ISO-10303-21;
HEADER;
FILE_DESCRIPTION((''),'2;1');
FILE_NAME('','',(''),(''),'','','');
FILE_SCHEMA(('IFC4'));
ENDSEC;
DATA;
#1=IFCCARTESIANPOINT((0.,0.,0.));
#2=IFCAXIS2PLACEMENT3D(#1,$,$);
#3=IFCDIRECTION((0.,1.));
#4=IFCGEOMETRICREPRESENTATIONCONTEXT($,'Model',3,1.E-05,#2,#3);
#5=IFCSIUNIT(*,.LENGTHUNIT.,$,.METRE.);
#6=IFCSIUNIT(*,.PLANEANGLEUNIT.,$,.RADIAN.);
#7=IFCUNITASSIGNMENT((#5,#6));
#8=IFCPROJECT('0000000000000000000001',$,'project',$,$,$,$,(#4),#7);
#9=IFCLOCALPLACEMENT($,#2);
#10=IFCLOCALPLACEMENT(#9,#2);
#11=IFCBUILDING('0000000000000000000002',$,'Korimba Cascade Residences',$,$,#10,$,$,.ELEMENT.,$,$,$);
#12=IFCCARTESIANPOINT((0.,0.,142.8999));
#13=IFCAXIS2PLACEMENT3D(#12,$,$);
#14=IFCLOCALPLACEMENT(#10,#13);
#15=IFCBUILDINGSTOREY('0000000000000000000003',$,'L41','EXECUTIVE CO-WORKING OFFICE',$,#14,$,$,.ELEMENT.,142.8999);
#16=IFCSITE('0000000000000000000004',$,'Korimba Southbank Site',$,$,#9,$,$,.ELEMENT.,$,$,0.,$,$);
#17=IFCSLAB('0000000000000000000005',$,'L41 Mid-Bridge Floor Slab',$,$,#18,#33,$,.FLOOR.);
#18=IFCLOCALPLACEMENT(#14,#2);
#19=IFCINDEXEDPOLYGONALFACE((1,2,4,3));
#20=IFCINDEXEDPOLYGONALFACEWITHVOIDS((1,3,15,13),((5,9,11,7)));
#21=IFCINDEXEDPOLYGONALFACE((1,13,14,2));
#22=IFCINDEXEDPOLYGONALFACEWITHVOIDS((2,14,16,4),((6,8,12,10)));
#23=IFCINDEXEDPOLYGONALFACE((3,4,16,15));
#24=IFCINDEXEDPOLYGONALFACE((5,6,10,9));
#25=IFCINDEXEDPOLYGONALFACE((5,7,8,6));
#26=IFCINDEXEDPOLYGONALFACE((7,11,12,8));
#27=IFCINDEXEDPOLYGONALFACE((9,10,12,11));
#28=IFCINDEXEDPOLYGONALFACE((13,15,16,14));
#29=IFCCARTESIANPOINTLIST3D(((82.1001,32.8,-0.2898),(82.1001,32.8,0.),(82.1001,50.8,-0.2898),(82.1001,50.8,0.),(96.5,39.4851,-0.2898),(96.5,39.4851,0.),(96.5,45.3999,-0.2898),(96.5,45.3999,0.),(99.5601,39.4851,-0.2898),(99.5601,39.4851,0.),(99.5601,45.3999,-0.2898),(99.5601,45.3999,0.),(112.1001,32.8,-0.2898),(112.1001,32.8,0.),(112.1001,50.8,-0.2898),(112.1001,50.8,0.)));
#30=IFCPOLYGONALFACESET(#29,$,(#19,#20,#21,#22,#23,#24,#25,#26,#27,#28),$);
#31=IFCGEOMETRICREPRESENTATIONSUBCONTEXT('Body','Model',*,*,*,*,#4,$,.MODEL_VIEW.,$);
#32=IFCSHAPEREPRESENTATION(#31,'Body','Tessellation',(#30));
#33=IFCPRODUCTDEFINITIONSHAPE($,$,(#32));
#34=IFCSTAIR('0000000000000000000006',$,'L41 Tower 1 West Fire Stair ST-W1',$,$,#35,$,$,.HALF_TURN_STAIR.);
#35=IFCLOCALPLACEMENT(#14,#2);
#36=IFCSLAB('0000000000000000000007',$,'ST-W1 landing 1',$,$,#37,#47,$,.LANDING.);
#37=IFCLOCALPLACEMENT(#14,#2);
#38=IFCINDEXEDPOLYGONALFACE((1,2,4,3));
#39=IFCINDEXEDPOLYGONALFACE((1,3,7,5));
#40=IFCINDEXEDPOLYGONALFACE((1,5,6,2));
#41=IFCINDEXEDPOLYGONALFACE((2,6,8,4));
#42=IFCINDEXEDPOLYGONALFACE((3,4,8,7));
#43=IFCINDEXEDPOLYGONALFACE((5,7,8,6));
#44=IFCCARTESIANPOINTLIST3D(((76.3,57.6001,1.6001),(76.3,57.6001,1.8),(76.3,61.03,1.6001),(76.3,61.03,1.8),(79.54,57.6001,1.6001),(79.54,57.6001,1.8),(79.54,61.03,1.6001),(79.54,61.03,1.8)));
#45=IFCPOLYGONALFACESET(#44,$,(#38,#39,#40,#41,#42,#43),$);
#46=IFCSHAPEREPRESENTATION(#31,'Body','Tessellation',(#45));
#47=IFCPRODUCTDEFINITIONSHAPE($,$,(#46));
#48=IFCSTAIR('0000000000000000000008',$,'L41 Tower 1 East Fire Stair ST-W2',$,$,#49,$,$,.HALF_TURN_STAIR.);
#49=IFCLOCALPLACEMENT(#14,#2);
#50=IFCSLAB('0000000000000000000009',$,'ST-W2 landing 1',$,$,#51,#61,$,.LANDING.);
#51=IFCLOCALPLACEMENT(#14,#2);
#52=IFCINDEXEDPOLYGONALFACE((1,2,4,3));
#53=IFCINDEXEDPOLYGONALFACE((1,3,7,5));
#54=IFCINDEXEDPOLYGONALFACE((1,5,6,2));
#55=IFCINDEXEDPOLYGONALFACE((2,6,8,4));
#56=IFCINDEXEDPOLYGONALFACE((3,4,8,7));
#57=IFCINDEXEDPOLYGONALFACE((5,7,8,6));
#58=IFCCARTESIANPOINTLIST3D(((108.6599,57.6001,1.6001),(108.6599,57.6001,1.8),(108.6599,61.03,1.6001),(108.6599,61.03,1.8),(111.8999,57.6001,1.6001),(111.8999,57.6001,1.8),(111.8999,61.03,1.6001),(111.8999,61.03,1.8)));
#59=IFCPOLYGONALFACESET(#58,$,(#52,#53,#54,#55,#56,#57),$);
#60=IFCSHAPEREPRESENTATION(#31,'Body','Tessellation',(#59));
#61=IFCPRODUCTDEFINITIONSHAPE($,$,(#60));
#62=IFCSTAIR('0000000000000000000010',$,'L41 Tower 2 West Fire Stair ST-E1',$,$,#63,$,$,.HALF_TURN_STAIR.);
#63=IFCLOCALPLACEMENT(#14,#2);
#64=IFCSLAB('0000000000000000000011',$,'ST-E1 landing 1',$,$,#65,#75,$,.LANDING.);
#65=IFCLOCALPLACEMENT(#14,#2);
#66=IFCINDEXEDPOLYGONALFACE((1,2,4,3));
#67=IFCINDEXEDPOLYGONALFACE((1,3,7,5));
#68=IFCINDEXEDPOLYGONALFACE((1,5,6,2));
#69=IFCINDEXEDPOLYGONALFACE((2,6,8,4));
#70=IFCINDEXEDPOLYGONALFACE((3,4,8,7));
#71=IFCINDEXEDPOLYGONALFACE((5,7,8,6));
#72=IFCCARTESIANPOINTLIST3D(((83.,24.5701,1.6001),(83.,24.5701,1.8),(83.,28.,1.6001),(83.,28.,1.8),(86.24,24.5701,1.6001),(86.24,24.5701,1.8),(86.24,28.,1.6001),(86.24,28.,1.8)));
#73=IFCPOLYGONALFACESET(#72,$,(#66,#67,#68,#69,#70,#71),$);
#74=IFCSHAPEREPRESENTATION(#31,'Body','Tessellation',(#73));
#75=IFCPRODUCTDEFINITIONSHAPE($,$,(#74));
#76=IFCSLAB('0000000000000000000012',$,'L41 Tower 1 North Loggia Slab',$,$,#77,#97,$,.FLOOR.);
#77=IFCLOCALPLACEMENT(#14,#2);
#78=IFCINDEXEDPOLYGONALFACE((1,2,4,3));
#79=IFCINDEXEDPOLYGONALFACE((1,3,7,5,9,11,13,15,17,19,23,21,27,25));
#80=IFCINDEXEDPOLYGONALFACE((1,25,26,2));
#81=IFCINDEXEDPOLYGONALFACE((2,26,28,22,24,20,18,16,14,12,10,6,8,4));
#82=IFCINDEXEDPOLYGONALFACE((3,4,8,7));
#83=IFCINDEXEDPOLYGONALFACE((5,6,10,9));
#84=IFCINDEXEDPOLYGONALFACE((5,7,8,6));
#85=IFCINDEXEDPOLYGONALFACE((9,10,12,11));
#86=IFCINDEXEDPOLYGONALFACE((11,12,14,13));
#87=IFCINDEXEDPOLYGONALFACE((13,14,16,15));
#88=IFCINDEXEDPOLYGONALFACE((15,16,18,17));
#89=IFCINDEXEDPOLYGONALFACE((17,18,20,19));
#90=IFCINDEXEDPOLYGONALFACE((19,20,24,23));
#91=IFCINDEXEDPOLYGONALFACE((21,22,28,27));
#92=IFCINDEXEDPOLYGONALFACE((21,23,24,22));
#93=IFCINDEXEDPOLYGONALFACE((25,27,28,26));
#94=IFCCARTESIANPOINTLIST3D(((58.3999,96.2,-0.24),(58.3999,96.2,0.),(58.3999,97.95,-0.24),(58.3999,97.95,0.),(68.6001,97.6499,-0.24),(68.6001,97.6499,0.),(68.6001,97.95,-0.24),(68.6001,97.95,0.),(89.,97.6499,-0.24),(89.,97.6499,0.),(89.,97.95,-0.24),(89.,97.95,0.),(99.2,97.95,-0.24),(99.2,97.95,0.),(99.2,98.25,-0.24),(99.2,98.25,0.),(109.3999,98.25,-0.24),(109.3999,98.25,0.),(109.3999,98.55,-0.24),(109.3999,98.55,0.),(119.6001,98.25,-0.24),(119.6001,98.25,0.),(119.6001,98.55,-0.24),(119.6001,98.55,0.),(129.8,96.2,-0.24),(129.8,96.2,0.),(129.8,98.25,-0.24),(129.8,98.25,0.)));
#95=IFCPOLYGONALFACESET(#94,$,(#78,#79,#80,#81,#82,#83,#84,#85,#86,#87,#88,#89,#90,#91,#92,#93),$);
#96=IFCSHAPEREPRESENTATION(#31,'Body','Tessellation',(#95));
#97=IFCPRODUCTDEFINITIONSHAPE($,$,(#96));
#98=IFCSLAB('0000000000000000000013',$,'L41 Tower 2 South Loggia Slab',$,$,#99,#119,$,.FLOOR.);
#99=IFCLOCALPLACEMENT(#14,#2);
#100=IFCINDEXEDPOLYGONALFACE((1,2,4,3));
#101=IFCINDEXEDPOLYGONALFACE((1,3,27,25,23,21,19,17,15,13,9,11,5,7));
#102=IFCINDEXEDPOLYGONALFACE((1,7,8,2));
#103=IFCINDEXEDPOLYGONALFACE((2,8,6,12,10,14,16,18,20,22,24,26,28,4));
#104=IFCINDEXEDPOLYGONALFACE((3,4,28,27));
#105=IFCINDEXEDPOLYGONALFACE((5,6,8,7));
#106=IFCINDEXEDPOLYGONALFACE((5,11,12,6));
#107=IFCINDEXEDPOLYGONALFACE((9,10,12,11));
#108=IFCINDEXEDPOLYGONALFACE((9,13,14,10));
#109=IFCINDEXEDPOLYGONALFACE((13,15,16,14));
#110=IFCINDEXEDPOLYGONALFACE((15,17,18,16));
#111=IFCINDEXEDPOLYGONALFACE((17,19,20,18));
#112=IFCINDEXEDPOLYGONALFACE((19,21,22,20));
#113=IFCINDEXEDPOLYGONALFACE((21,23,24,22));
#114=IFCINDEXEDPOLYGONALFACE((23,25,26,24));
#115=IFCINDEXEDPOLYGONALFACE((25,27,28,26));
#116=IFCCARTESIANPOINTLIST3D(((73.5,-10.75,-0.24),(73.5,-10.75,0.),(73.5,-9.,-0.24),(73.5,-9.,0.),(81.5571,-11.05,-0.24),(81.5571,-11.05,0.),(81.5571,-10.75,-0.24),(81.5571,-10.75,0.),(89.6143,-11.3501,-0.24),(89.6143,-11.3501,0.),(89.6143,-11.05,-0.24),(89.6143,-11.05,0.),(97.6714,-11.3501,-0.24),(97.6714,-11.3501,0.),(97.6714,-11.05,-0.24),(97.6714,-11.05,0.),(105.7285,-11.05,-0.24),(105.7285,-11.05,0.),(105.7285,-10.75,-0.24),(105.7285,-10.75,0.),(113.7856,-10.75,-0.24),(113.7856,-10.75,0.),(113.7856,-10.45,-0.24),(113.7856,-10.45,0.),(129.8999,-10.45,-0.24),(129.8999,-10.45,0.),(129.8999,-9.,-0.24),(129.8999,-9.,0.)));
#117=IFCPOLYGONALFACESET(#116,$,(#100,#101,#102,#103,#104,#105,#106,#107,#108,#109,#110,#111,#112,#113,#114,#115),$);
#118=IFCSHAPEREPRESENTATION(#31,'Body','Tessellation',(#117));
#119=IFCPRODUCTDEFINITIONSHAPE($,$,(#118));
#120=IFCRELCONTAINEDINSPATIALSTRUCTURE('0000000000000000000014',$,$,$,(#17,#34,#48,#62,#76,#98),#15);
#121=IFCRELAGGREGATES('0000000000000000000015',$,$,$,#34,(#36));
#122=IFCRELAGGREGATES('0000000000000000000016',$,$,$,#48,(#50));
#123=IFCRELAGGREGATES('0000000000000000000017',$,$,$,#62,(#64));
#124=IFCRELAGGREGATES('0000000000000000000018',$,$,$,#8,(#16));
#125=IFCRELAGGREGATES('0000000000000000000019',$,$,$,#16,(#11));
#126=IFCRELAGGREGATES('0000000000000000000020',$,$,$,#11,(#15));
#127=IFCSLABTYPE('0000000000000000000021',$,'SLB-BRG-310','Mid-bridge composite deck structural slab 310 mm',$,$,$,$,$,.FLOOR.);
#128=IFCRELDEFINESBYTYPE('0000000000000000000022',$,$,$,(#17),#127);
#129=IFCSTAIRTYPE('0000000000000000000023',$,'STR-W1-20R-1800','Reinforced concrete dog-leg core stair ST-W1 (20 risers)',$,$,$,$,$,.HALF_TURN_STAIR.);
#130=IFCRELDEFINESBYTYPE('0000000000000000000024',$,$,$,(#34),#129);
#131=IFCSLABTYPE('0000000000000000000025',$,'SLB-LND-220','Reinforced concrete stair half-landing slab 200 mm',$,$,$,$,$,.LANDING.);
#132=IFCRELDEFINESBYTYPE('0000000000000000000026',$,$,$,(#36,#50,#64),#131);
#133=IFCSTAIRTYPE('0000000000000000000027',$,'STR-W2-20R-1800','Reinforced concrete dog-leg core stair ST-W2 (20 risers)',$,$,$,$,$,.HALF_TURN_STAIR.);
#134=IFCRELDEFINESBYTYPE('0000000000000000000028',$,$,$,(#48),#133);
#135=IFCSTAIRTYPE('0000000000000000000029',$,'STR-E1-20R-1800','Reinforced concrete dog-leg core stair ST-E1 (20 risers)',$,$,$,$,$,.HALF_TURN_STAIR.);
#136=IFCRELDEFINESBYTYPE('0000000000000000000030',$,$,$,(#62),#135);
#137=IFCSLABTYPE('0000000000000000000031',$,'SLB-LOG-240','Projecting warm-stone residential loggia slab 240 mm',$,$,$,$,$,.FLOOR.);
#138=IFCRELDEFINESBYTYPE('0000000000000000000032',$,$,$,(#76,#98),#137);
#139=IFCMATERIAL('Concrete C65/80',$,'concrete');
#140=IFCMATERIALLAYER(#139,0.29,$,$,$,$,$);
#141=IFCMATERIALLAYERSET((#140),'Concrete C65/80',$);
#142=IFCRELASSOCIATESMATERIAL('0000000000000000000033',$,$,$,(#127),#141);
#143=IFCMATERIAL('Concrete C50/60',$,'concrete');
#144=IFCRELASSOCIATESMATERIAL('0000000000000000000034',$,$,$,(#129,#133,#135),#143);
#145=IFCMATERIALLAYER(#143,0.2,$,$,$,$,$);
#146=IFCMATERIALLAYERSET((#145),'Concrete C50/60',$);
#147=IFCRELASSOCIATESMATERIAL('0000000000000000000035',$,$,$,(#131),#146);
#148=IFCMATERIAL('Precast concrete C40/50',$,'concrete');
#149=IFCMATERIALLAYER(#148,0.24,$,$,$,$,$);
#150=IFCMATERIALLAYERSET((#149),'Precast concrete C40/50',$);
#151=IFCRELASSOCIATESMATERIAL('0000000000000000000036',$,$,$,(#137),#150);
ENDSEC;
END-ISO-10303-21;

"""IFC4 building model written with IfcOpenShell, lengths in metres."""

from ifc_helpers import new_model, si_unit, direction, frame, origin, place, context, subcontext, project, spatial, polyline, outline, extrude, material, layer, layer_set, type_object, element, aggregate, save


model = new_model("IFC4")

# Units and contexts
model_context = context("Model", 3, precision=1e-05, world=origin(), true_north=direction((0.0, 1.0)))
body_context = subcontext(model_context, "Body", "Model", "MODEL_VIEW")
ifc_project = project(units=[si_unit("LENGTHUNIT", "METRE"), si_unit("PLANEANGLEUNIT", "RADIAN")], contexts=[model_context])

# Site, building, storey
site_placement = place(None, origin())
site = spatial("IfcSite", under=ifc_project, at=site_placement, Name="Korimba Southbank Site", CompositionType="ELEMENT", RefElevation=0.0)
building_placement = place(site_placement, origin())
building = spatial("IfcBuilding", under=site, at=building_placement, Name="Korimba Cascade Residences", CompositionType="ELEMENT")
storey_placement = place(building_placement, frame((0.0, 0.0, 142.8999)))
storey = spatial("IfcBuildingStorey", under=building, at=storey_placement, Name="L41", Description="EXECUTIVE CO-WORKING OFFICE", CompositionType="ELEMENT", Elevation=142.8999)

# Slab
ifc_material_1 = material(Name="Concrete C65/80", Category="concrete")
ifc_layer_1 = layer(ifc_material_1, 0.29)
ifc_layer_set_1 = layer_set([ifc_layer_1], Name="Concrete C65/80")
slab_type_1 = type_object("IfcSlabType", Name="SLB-BRG-310", Description="Mid-bridge composite deck structural slab 310 mm", PredefinedType="FLOOR", material=ifc_layer_set_1)
slab_1_placement = place(storey_placement, frame((0.0, 0.0, -0.2898)))
element("IfcSlab", 1, at=slab_1_placement, inside=storey, type_object=slab_type_1, Name="L41 Mid-Bridge Floor Slab", PredefinedType="FLOOR", context=body_context, shape_type="SweptSolid", body=[
    extrude(outline(polyline([(82.1001, 32.8), (112.1001, 32.8), (112.1001, 50.8), (82.1001, 50.8), (82.1001, 32.8)]), holes=[polyline([(99.5601, 39.4851), (99.5601, 45.3999), (96.5, 45.3999), (96.5, 39.4851), (99.5601, 39.4851)])]), origin(), (0.0, 0.0, 1.0), 0.2898),
])

# Stairs, slabs
ifc_material_2 = material(Name="Concrete C50/60", Category="concrete")
stair_type_1 = type_object("IfcStairType", Name="STR-W1-20R-1800", Description="Reinforced concrete dog-leg core stair ST-W1 (20 risers)", PredefinedType="HALF_TURN_STAIR", material=ifc_material_2)
stair_1_placement = place(storey_placement, origin())
stair_1 = element("IfcStair", 2, at=stair_1_placement, inside=storey, type_object=stair_type_1, Name="L41 Tower 1 West Fire Stair ST-W1", PredefinedType="HALF_TURN_STAIR")
ifc_layer_2 = layer(ifc_material_2, 0.2)
ifc_layer_set_2 = layer_set([ifc_layer_2], Name="Concrete C50/60")
slab_type_2 = type_object("IfcSlabType", Name="SLB-LND-220", Description="Reinforced concrete stair half-landing slab 200 mm", PredefinedType="LANDING", material=ifc_layer_set_2)
slab_2_placement = place(storey_placement, frame((0.0, 0.0, 1.6001)))
slab_2 = element("IfcSlab", 3, at=slab_2_placement, type_object=slab_type_2, Name="ST-W1 landing 1", PredefinedType="LANDING", context=body_context, shape_type="SweptSolid", body=[
    extrude(outline(polyline([(76.3, 61.03), (76.3, 57.6001), (79.54, 57.6001), (79.54, 61.03), (76.3, 61.03)])), origin(), (0.0, 0.0, 1.0), 0.2),
])
aggregate(stair_1, [slab_2])
stair_type_2 = type_object("IfcStairType", Name="STR-W2-20R-1800", Description="Reinforced concrete dog-leg core stair ST-W2 (20 risers)", PredefinedType="HALF_TURN_STAIR", material=ifc_material_2)
stair_2_placement = place(storey_placement, origin())
stair_2 = element("IfcStair", 4, at=stair_2_placement, inside=storey, type_object=stair_type_2, Name="L41 Tower 1 East Fire Stair ST-W2", PredefinedType="HALF_TURN_STAIR")
slab_3_placement = place(storey_placement, frame((0.0, 0.0, 1.6001)))
slab_3 = element("IfcSlab", 5, at=slab_3_placement, type_object=slab_type_2, Name="ST-W2 landing 1", PredefinedType="LANDING", context=body_context, shape_type="SweptSolid", body=[
    extrude(outline(polyline([(108.6599, 61.03), (108.6599, 57.6001), (111.8999, 57.6001), (111.8999, 61.03), (108.6599, 61.03)])), origin(), (0.0, 0.0, 1.0), 0.2),
])
aggregate(stair_2, [slab_3])
stair_type_3 = type_object("IfcStairType", Name="STR-E1-20R-1800", Description="Reinforced concrete dog-leg core stair ST-E1 (20 risers)", PredefinedType="HALF_TURN_STAIR", material=ifc_material_2)
stair_3_placement = place(storey_placement, origin())
stair_3 = element("IfcStair", 6, at=stair_3_placement, inside=storey, type_object=stair_type_3, Name="L41 Tower 2 West Fire Stair ST-E1", PredefinedType="HALF_TURN_STAIR")
slab_4_placement = place(storey_placement, frame((0.0, 0.0, 1.6001)))
slab_4 = element("IfcSlab", 7, at=slab_4_placement, type_object=slab_type_2, Name="ST-E1 landing 1", PredefinedType="LANDING", context=body_context, shape_type="SweptSolid", body=[
    extrude(outline(polyline([(86.24, 24.5701), (86.24, 28.0), (83.0, 28.0), (83.0, 24.5701), (86.24, 24.5701)])), origin(), (0.0, 0.0, 1.0), 0.2),
])
aggregate(stair_3, [slab_4])

# Slabs
ifc_material_3 = material(Name="Precast concrete C40/50", Category="concrete")
ifc_layer_3 = layer(ifc_material_3, 0.24)
ifc_layer_set_3 = layer_set([ifc_layer_3], Name="Precast concrete C40/50")
slab_type_3 = type_object("IfcSlabType", Name="SLB-LOG-240", Description="Projecting warm-stone residential loggia slab 240 mm", PredefinedType="FLOOR", material=ifc_layer_set_3)
slab_5_placement = place(storey_placement, frame((0.0, 0.0, -0.24)))
element("IfcSlab", 8, at=slab_5_placement, inside=storey, type_object=slab_type_3, Name="L41 Tower 1 North Loggia Slab", PredefinedType="FLOOR", context=body_context, shape_type="SweptSolid", body=[
    extrude(outline(polyline([(58.3999, 96.2), (129.8, 96.2), (129.8, 98.25), (119.6001, 98.25), (119.6001, 98.55), (109.3999, 98.55), (109.3999, 98.25), (99.2, 98.25), (99.2, 97.95), (89.0, 97.95), (89.0, 97.6499), (68.6001, 97.6499), (68.6001, 97.95), (58.3999, 97.95), (58.3999, 96.2)])), origin(), (0.0, 0.0, 1.0), 0.24),
])
slab_6_placement = place(storey_placement, frame((0.0, 0.0, -0.24)))
element("IfcSlab", 9, at=slab_6_placement, inside=storey, type_object=slab_type_3, Name="L41 Tower 2 South Loggia Slab", PredefinedType="FLOOR", context=body_context, shape_type="SweptSolid", body=[
    extrude(outline(polyline([(73.5, -10.75), (81.5571, -10.75), (81.5571, -11.05), (89.6143, -11.05), (89.6143, -11.3501), (97.6714, -11.3501), (97.6714, -11.05), (105.7285, -11.05), (105.7285, -10.75), (113.7856, -10.75), (113.7856, -10.45), (129.8999, -10.45), (129.8999, -9.0), (73.5, -9.0), (73.5, -10.75)])), origin(), (0.0, 0.0, 1.0), 0.24),
])

save(model, "model.ifc")
